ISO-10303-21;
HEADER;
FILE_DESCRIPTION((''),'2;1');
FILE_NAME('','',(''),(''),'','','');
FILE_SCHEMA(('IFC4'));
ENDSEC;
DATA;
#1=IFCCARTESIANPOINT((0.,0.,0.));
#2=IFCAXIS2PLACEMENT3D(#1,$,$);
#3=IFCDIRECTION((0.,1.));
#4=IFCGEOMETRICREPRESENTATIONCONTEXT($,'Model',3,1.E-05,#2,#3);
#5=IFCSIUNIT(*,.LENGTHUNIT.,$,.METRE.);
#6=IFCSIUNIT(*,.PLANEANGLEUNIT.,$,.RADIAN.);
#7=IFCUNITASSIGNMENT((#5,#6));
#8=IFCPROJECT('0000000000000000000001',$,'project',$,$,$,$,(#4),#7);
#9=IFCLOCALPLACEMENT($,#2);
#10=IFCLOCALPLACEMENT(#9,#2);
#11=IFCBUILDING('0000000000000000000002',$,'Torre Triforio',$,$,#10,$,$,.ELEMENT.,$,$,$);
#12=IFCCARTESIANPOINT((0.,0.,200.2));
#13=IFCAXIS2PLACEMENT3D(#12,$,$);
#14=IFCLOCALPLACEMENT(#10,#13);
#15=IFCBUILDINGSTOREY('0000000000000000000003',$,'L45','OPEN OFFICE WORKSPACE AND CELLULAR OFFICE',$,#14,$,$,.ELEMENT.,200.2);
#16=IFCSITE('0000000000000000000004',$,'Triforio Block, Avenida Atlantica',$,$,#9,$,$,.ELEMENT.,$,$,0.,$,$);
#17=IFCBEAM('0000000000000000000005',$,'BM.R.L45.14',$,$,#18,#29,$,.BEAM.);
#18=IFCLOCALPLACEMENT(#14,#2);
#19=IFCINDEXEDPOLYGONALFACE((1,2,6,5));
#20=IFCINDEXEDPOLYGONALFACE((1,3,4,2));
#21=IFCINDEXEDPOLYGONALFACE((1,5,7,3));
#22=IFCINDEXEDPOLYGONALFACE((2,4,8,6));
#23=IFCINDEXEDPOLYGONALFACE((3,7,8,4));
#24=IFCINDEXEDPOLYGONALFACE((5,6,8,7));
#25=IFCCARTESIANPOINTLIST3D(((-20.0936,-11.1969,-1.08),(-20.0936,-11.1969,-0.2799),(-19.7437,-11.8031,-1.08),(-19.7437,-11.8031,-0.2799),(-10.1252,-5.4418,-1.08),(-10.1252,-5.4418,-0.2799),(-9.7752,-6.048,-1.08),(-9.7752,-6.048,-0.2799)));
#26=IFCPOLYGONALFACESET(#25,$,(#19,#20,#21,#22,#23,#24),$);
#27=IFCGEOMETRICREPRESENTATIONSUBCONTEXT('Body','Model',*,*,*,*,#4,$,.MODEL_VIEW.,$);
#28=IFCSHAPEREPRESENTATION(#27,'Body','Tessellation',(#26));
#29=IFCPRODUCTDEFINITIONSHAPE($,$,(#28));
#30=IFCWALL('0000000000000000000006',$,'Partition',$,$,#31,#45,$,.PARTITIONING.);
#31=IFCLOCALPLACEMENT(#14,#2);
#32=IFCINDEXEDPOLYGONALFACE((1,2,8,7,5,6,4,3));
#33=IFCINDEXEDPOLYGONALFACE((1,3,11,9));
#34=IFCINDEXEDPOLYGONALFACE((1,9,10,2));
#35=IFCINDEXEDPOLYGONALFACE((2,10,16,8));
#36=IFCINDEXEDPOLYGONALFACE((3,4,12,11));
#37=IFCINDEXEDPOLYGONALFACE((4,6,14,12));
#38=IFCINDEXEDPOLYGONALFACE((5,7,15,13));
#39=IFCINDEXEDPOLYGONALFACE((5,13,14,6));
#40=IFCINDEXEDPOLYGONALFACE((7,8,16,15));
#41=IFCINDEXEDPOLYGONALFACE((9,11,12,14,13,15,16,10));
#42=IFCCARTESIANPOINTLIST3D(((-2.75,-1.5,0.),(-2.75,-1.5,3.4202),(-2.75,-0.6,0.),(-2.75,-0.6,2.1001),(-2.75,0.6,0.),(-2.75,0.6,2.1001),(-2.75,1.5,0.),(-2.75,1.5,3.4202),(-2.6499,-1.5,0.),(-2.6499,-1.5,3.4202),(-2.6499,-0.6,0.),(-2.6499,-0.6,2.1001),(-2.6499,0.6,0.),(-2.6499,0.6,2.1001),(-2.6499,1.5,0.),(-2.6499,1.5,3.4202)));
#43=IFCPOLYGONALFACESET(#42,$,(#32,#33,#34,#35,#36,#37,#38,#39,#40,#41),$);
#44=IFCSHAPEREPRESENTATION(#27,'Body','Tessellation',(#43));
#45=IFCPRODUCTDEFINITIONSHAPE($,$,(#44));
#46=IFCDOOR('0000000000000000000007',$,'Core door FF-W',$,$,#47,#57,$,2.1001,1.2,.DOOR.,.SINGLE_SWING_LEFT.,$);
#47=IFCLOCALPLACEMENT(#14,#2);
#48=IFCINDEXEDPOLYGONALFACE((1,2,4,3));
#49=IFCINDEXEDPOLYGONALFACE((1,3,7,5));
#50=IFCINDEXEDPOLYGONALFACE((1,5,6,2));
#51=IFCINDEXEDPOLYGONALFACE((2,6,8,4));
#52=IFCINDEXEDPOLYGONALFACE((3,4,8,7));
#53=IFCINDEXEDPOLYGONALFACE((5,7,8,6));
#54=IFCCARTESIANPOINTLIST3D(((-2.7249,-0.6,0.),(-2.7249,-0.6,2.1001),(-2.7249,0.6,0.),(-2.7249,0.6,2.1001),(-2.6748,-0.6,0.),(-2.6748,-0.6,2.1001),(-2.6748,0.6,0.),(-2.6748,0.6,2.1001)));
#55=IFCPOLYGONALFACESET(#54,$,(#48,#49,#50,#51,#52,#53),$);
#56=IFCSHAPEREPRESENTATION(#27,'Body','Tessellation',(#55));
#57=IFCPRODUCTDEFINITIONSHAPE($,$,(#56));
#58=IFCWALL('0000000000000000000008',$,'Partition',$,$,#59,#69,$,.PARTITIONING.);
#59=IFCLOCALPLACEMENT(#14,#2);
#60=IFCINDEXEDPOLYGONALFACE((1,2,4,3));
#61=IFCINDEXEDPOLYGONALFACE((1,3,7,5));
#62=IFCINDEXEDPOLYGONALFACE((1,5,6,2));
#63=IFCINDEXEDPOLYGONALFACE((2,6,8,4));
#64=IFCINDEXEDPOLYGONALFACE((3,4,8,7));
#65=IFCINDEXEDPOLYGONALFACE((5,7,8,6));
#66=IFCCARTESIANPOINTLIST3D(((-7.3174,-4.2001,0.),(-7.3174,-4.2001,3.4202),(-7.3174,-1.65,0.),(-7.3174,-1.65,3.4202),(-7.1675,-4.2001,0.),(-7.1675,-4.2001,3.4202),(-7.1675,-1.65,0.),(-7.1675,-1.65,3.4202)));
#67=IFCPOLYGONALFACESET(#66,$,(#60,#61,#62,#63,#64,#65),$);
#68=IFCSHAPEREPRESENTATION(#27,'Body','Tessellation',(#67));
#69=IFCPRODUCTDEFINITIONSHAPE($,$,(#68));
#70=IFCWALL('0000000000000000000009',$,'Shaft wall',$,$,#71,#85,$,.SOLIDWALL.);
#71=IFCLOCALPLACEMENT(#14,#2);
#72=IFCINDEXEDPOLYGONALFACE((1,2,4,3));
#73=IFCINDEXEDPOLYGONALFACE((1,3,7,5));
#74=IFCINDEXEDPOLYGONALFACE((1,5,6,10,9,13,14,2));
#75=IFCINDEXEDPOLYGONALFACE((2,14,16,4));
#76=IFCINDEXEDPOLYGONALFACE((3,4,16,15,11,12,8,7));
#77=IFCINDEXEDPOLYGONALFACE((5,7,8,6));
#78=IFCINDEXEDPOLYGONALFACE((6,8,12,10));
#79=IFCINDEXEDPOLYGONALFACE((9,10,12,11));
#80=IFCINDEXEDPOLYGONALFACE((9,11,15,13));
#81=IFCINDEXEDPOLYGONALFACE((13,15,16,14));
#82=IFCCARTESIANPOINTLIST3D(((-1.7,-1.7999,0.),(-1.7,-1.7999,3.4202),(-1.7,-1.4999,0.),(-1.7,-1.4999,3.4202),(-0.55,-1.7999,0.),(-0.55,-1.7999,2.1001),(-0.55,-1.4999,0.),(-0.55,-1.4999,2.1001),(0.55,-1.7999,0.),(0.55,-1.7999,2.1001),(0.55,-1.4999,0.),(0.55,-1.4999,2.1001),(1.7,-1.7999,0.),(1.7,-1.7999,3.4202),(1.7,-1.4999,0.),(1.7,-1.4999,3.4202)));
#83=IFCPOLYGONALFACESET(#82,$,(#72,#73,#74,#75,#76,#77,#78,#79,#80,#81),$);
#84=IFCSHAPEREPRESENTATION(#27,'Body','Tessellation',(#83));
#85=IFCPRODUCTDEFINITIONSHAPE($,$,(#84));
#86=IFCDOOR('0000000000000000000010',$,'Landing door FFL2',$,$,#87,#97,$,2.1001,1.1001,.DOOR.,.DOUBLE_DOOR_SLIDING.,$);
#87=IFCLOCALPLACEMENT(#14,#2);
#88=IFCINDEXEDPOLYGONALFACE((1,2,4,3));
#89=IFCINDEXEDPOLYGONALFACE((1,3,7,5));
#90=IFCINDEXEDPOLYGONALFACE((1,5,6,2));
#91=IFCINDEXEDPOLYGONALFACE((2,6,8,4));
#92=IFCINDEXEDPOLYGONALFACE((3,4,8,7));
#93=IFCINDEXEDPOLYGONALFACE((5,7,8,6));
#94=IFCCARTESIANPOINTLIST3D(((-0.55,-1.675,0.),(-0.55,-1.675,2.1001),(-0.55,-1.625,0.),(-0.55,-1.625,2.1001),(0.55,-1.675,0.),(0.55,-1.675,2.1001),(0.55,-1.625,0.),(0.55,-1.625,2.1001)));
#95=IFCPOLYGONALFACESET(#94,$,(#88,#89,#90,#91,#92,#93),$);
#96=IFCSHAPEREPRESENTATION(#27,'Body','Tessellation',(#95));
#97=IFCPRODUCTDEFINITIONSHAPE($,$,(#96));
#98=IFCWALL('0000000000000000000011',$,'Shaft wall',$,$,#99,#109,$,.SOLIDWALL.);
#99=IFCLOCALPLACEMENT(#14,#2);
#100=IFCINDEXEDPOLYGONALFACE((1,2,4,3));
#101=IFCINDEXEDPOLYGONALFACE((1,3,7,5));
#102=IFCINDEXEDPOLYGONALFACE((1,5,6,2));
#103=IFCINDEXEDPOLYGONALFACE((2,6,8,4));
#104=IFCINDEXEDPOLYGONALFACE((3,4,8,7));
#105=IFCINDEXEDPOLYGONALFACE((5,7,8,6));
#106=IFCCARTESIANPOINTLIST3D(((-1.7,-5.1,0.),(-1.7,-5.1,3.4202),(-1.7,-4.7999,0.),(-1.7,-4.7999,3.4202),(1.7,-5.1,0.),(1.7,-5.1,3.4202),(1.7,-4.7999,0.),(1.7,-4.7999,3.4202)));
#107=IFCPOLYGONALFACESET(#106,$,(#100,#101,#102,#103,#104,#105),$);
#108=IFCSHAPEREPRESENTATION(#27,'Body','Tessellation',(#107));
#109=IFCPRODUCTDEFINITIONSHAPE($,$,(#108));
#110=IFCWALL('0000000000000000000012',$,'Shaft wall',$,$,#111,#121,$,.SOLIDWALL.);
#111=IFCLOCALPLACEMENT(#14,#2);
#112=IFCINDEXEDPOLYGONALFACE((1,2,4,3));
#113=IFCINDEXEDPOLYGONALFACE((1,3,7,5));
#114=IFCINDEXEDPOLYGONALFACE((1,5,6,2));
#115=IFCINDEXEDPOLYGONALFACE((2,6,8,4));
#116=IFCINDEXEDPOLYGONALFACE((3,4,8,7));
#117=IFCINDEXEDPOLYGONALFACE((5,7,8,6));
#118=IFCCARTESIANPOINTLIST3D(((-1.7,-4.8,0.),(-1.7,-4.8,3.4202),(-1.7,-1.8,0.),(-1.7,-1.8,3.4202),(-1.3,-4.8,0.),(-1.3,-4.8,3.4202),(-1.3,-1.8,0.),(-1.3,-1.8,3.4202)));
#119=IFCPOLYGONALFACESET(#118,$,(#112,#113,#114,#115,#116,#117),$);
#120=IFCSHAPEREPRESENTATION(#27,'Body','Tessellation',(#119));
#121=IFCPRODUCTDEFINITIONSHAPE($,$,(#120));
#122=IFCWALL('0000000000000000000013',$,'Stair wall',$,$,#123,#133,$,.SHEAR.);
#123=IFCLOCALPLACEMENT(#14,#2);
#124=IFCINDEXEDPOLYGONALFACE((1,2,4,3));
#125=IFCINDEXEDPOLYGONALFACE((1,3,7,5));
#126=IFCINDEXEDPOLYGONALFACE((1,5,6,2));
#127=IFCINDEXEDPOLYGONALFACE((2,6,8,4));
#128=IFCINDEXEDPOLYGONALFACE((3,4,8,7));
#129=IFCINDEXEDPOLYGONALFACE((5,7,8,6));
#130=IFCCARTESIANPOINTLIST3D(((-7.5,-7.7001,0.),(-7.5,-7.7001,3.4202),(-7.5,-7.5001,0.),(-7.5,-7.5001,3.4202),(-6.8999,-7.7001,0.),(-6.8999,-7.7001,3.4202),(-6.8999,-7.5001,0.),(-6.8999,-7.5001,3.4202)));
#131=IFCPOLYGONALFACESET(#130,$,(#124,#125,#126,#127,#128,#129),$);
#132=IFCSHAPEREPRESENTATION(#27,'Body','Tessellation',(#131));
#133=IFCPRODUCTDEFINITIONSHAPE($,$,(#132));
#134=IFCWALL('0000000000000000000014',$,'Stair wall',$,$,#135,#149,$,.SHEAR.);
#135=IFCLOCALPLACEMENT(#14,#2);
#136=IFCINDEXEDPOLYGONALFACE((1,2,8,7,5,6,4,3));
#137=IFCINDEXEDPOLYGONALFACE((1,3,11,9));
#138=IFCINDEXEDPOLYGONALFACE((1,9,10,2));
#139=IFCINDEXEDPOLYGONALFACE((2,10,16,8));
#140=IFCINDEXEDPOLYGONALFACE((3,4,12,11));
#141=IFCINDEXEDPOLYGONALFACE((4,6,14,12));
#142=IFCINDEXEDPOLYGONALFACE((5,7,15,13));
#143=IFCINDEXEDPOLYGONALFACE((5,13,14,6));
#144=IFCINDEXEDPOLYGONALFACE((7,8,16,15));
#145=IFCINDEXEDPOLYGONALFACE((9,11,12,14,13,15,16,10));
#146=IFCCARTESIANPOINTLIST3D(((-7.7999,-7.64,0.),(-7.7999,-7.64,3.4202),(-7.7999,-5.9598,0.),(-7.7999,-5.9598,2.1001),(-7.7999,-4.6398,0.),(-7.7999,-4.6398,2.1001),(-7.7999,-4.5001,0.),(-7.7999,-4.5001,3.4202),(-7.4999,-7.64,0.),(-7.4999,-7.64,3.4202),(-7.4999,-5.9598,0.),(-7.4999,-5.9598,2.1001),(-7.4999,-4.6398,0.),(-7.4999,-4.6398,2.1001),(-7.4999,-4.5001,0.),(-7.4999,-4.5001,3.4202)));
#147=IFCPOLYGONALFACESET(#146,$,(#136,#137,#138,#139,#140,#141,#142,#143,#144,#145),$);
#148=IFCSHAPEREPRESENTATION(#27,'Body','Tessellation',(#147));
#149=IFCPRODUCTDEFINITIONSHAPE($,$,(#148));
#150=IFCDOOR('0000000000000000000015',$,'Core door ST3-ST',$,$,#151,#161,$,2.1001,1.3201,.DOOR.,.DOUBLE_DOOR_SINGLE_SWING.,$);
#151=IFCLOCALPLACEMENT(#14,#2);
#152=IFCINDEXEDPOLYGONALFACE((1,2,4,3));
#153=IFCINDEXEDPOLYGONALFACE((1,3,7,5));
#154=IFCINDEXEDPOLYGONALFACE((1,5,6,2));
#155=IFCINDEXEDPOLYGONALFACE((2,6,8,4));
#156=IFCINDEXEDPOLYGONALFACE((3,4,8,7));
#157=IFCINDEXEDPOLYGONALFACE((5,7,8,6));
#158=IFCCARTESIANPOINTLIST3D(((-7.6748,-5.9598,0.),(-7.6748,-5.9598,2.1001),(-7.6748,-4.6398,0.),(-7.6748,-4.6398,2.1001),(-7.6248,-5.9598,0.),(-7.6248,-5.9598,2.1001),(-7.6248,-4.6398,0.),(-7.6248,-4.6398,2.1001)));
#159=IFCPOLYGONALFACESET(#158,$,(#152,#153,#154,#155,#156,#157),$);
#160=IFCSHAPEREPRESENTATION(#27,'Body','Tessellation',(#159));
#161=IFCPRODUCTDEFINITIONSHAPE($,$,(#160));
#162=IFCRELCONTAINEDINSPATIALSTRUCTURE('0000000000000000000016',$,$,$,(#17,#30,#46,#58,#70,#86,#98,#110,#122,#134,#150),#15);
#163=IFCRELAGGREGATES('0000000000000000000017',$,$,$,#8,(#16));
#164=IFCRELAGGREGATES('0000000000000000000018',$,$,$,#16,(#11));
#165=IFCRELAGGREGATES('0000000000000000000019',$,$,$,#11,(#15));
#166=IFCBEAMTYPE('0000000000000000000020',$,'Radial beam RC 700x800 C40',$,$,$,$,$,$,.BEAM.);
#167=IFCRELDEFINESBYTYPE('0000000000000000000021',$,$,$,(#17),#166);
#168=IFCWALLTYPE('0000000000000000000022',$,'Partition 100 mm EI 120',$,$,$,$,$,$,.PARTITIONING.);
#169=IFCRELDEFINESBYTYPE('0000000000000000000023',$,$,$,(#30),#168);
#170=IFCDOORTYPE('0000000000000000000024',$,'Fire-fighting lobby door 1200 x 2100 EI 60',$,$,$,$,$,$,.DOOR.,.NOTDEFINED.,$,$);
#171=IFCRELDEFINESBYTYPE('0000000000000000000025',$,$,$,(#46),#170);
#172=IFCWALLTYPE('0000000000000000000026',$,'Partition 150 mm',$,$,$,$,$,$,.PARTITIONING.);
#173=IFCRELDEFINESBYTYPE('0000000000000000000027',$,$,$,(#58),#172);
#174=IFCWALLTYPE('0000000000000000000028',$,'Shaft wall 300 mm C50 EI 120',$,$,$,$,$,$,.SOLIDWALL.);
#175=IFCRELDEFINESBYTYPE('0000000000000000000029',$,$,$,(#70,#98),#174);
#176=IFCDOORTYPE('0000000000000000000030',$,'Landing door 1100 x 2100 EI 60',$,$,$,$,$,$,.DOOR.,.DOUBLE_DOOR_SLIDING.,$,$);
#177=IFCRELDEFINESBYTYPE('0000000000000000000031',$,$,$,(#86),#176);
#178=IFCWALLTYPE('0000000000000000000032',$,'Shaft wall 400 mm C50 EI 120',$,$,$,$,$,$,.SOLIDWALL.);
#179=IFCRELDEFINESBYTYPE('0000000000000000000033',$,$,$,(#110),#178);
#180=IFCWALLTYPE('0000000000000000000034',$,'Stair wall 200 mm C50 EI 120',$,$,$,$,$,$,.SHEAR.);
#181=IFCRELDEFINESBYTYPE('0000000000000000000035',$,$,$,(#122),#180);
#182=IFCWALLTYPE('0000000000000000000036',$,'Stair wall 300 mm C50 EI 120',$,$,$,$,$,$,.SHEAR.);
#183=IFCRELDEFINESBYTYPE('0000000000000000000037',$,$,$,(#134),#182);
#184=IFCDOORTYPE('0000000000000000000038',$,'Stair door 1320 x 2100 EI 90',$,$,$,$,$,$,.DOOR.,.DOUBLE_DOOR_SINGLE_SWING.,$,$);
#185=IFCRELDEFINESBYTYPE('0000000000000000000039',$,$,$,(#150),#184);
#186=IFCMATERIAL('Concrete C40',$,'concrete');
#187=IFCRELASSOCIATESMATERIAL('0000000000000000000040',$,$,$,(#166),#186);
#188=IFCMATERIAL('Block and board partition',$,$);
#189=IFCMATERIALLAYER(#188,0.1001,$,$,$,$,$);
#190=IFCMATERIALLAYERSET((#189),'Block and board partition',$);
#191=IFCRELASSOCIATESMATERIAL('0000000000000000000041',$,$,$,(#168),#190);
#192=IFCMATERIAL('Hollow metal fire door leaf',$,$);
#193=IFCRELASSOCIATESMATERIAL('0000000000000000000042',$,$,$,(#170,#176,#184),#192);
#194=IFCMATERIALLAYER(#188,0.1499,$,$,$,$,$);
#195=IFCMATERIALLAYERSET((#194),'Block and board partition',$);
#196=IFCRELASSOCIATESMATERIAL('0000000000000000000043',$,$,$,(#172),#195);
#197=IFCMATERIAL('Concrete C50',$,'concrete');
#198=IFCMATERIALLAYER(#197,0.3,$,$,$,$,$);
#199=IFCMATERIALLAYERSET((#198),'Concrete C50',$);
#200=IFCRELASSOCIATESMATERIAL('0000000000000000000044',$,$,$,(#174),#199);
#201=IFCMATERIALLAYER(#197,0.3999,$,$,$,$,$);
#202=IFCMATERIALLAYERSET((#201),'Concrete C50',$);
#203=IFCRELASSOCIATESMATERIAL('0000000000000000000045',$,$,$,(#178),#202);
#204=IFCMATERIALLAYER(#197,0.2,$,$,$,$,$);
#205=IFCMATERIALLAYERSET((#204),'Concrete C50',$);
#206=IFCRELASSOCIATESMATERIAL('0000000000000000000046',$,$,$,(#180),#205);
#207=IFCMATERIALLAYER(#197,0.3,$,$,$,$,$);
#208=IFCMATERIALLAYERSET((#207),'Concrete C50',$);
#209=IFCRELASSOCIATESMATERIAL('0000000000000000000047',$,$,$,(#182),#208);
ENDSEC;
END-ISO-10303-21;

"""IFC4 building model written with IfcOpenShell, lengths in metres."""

from ifc_helpers import new_model, si_unit, direction, frame, frame_2d, origin, origin_2d, place, context, subcontext, project, spatial, rectangle, extrude, material, layer, layer_set, material_profile, profile_set, type_object, element, fill, save


model = new_model("IFC4")

# Units and contexts
model_context = context("Model", 3, precision=1e-05, world=origin(), true_north=direction((0.0, 1.0)))
body_context = subcontext(model_context, "Body", "Model", "MODEL_VIEW")
ifc_project = project(units=[si_unit("LENGTHUNIT", "METRE"), si_unit("PLANEANGLEUNIT", "RADIAN")], contexts=[model_context])

# Site, building, storey
site_placement = place(None, origin())
site = spatial("IfcSite", under=ifc_project, at=site_placement, Name="Triforio Block, Avenida Atlantica", CompositionType="ELEMENT", RefElevation=0.0)
building_placement = place(site_placement, origin())
building = spatial("IfcBuilding", under=site, at=building_placement, Name="Torre Triforio", CompositionType="ELEMENT")
storey_placement = place(building_placement, frame((0.0, 0.0, 200.2)))
storey = spatial("IfcBuildingStorey", under=building, at=storey_placement, Name="L45", Description="OPEN OFFICE WORKSPACE AND CELLULAR OFFICE", CompositionType="ELEMENT", Elevation=200.2)

# Beam
ifc_material_1 = material(Name="Concrete C40", Category="concrete")
ifc_material_profile = material_profile(ifc_material_1, rectangle(XDim=0.7, YDim=0.8, at=origin_2d()), Name="RC 700x800")
ifc_profile_set = profile_set([ifc_material_profile], Name="Concrete C40")
beam_type = type_object("IfcBeamType", Name="Radial beam RC 700x800 C40", PredefinedType="BEAM", material=ifc_profile_set)
beam_placement = place(storey_placement, frame((-9.9502, -5.7449, -0.6799), z_axis=(-0.866033, -0.499987, 0.0), x_axis=(0.499987, -0.866033, 0.0)))
element("IfcBeam", 1, at=beam_placement, inside=storey, type_object=beam_type, Name="BM.R.L45.14", PredefinedType="BEAM", context=body_context, shape_type="SweptSolid", body=[
    extrude(rectangle(XDim=0.7, YDim=0.8, at=origin_2d()), origin(), (0.0, 0.0, 1.0), 11.5105),
])

# Wall, opening, door
ifc_material_2 = material(Name="Block and board partition")
ifc_layer_1 = layer(ifc_material_2, 0.1001)
ifc_layer_set_1 = layer_set([ifc_layer_1], Name="Block and board partition")
wall_type_1 = type_object("IfcWallType", Name="Partition 100 mm EI 120", PredefinedType="PARTITIONING", material=ifc_layer_set_1)
wall_1_placement = place(storey_placement, frame((-2.7, -1.5, 0.0), z_axis=(0.0, 0.0, 1.0), x_axis=(0.0, 1.0, 0.0)))
wall_1 = element("IfcWall", 2, at=wall_1_placement, inside=storey, type_object=wall_type_1, Name="Partition", PredefinedType="PARTITIONING", context=body_context, shape_type="SweptSolid", body=[
    extrude(rectangle(XDim=3.0, YDim=0.1001, at=frame_2d((1.5, 0.0))), origin(), (0.0, 0.0, 1.0), 3.4202),
])
opening_1_placement = place(wall_1_placement, frame((0.8999, 0.0, 0.0)))
opening_1 = element("IfcOpeningElement", 3, at=opening_1_placement, cuts=wall_1, PredefinedType="OPENING", context=body_context, shape_type="SweptSolid", body=[
    extrude(rectangle(XDim=1.2, YDim=2.1001, at=frame_2d((0.6001, 1.05))), frame((0.0, 0.0601, 0.0), z_axis=(0.0, -1.0, 0.0), x_axis=(1.0, 0.0, 0.0)), (0.0, 0.0, 1.0), 0.1201),
])
ifc_material_3 = material(Name="Hollow metal fire door leaf")
door_type_1 = type_object("IfcDoorType", Name="Fire-fighting lobby door 1200 x 2100 EI 60", OperationType="NOTDEFINED", PredefinedType="DOOR", material=ifc_material_3)
door_1_placement = place(opening_1_placement, origin())
door_1 = element("IfcDoor", 4, at=door_1_placement, inside=storey, type_object=door_type_1, Name="Core door FF-W", OperationType="SINGLE_SWING_LEFT", OverallHeight=2.1001, OverallWidth=1.2, PredefinedType="DOOR", context=body_context, shape_type="SweptSolid", body=[
    extrude(rectangle(XDim=1.2, YDim=2.1001, at=frame_2d((0.6001, 1.05))), frame((0.0, 0.0249, 0.0), z_axis=(0.0, -1.0, 0.0), x_axis=(1.0, 0.0, 0.0)), (0.0, 0.0, 1.0), 0.05),
])
fill(opening_1, door_1)

# Wall
ifc_layer_2 = layer(ifc_material_2, 0.1499)
ifc_layer_set_2 = layer_set([ifc_layer_2], Name="Block and board partition")
wall_type_2 = type_object("IfcWallType", Name="Partition 150 mm", PredefinedType="PARTITIONING", material=ifc_layer_set_2)
wall_2_placement = place(storey_placement, frame((-7.2424, -4.2, 0.0), z_axis=(0.0, 0.0, 1.0), x_axis=(0.0, 1.0, 0.0)))
element("IfcWall", 5, at=wall_2_placement, inside=storey, type_object=wall_type_2, Name="Partition", PredefinedType="PARTITIONING", context=body_context, shape_type="SweptSolid", body=[
    extrude(rectangle(XDim=2.55, YDim=0.1499, at=frame_2d((1.2749, 0.0))), origin(), (0.0, 0.0, 1.0), 3.4202),
])

# Wall, opening, door
ifc_material_4 = material(Name="Concrete C50", Category="concrete")
ifc_layer_3 = layer(ifc_material_4, 0.3)
ifc_layer_set_3 = layer_set([ifc_layer_3], Name="Concrete C50")
wall_type_3 = type_object("IfcWallType", Name="Shaft wall 300 mm C50 EI 120", PredefinedType="SOLIDWALL", material=ifc_layer_set_3)
wall_3_placement = place(storey_placement, frame((-1.7, -1.6499, 0.0), z_axis=(0.0, 0.0, 1.0), x_axis=(1.0, 0.0, 0.0)))
wall_3 = element("IfcWall", 6, at=wall_3_placement, inside=storey, type_object=wall_type_3, Name="Shaft wall", PredefinedType="SOLIDWALL", context=body_context, shape_type="SweptSolid", body=[
    extrude(rectangle(XDim=3.3999, YDim=0.3, at=frame_2d((1.7, 0.0))), origin(), (0.0, 0.0, 1.0), 3.4202),
])
opening_2_placement = place(wall_3_placement, frame((1.1499, 0.0, 0.0)))
opening_2 = element("IfcOpeningElement", 7, at=opening_2_placement, cuts=wall_3, PredefinedType="OPENING", context=body_context, shape_type="SweptSolid", body=[
    extrude(rectangle(XDim=1.1001, YDim=2.1001, at=frame_2d((0.55, 1.05))), frame((0.0, 0.1599, 0.0), z_axis=(0.0, -1.0, 0.0), x_axis=(1.0, 0.0, 0.0)), (0.0, 0.0, 1.0), 0.3201),
])
door_type_2 = type_object("IfcDoorType", Name="Landing door 1100 x 2100 EI 60", OperationType="DOUBLE_DOOR_SLIDING", PredefinedType="DOOR", material=ifc_material_3)
door_2_placement = place(opening_2_placement, origin())
door_2 = element("IfcDoor", 8, at=door_2_placement, inside=storey, type_object=door_type_2, Name="Landing door FFL2", OperationType="DOUBLE_DOOR_SLIDING", OverallHeight=2.1001, OverallWidth=1.1001, PredefinedType="DOOR", context=body_context, shape_type="SweptSolid", body=[
    extrude(rectangle(XDim=1.1001, YDim=2.1001, at=frame_2d((0.55, 1.05))), frame((0.0, 0.0249, 0.0), z_axis=(0.0, -1.0, 0.0), x_axis=(1.0, 0.0, 0.0)), (0.0, 0.0, 1.0), 0.05),
])
fill(opening_2, door_2)

# Walls
wall_4_placement = place(storey_placement, frame((-1.7, -4.95, 0.0), z_axis=(0.0, 0.0, 1.0), x_axis=(1.0, 0.0, 0.0)))
element("IfcWall", 9, at=wall_4_placement, inside=storey, type_object=wall_type_3, Name="Shaft wall", PredefinedType="SOLIDWALL", context=body_context, shape_type="SweptSolid", body=[
    extrude(rectangle(XDim=3.3999, YDim=0.3, at=frame_2d((1.7, 0.0))), origin(), (0.0, 0.0, 1.0), 3.4202),
])
ifc_layer_4 = layer(ifc_material_4, 0.3999)
ifc_layer_set_4 = layer_set([ifc_layer_4], Name="Concrete C50")
wall_type_4 = type_object("IfcWallType", Name="Shaft wall 400 mm C50 EI 120", PredefinedType="SOLIDWALL", material=ifc_layer_set_4)
wall_5_placement = place(storey_placement, frame((-1.5, -4.8, 0.0), z_axis=(0.0, 0.0, 1.0), x_axis=(0.0, 1.0, 0.0)))
element("IfcWall", 10, at=wall_5_placement, inside=storey, type_object=wall_type_4, Name="Shaft wall", PredefinedType="SOLIDWALL", context=body_context, shape_type="SweptSolid", body=[
    extrude(rectangle(XDim=3.0, YDim=0.3999, at=frame_2d((1.5, 0.0))), origin(), (0.0, 0.0, 1.0), 3.4202),
])
ifc_layer_5 = layer(ifc_material_4, 0.2)
ifc_layer_set_5 = layer_set([ifc_layer_5], Name="Concrete C50")
wall_type_5 = type_object("IfcWallType", Name="Stair wall 200 mm C50 EI 120", PredefinedType="SHEAR", material=ifc_layer_set_5)
wall_6_placement = place(storey_placement, frame((-7.5, -7.6001, 0.0), z_axis=(0.0, 0.0, 1.0), x_axis=(1.0, 0.0, 0.0)))
element("IfcWall", 11, at=wall_6_placement, inside=storey, type_object=wall_type_5, Name="Stair wall", PredefinedType="SHEAR", context=body_context, shape_type="SweptSolid", body=[
    extrude(rectangle(XDim=0.6001, YDim=0.2, at=frame_2d((0.3, 0.0))), origin(), (0.0, 0.0, 1.0), 3.4202),
])

# Wall, opening, door
ifc_layer_6 = layer(ifc_material_4, 0.3)
ifc_layer_set_6 = layer_set([ifc_layer_6], Name="Concrete C50")
wall_type_6 = type_object("IfcWallType", Name="Stair wall 300 mm C50 EI 120", PredefinedType="SHEAR", material=ifc_layer_set_6)
wall_7_placement = place(storey_placement, frame((-7.6499, -7.6399, 0.0), z_axis=(0.0, 0.0, 1.0), x_axis=(0.0, 1.0, 0.0)))
wall_7 = element("IfcWall", 12, at=wall_7_placement, inside=storey, type_object=wall_type_6, Name="Stair wall", PredefinedType="SHEAR", context=body_context, shape_type="SweptSolid", body=[
    extrude(rectangle(XDim=3.1399, YDim=0.3, at=frame_2d((1.5698, 0.0))), origin(), (0.0, 0.0, 1.0), 3.4202),
])
opening_3_placement = place(wall_7_placement, frame((1.6799, 0.0, 0.0)))
opening_3 = element("IfcOpeningElement", 13, at=opening_3_placement, cuts=wall_7, PredefinedType="OPENING", context=body_context, shape_type="SweptSolid", body=[
    extrude(rectangle(XDim=1.3201, YDim=2.1001, at=frame_2d((0.6602, 1.05))), frame((0.0, 0.1599, 0.0), z_axis=(0.0, -1.0, 0.0), x_axis=(1.0, 0.0, 0.0)), (0.0, 0.0, 1.0), 0.3201),
])
door_type_3 = type_object("IfcDoorType", Name="Stair door 1320 x 2100 EI 90", OperationType="DOUBLE_DOOR_SINGLE_SWING", PredefinedType="DOOR", material=ifc_material_3)
door_3_placement = place(opening_3_placement, origin())
door_3 = element("IfcDoor", 14, at=door_3_placement, inside=storey, type_object=door_type_3, Name="Core door ST3-ST", OperationType="DOUBLE_DOOR_SINGLE_SWING", OverallHeight=2.1001, OverallWidth=1.3201, PredefinedType="DOOR", context=body_context, shape_type="SweptSolid", body=[
    extrude(rectangle(XDim=1.3201, YDim=2.1001, at=frame_2d((0.6602, 1.05))), frame((0.0, 0.0249, 0.0), z_axis=(0.0, -1.0, 0.0), x_axis=(1.0, 0.0, 0.0)), (0.0, 0.0, 1.0), 0.05),
])
fill(opening_3, door_3)

save(model, "model.ifc")
